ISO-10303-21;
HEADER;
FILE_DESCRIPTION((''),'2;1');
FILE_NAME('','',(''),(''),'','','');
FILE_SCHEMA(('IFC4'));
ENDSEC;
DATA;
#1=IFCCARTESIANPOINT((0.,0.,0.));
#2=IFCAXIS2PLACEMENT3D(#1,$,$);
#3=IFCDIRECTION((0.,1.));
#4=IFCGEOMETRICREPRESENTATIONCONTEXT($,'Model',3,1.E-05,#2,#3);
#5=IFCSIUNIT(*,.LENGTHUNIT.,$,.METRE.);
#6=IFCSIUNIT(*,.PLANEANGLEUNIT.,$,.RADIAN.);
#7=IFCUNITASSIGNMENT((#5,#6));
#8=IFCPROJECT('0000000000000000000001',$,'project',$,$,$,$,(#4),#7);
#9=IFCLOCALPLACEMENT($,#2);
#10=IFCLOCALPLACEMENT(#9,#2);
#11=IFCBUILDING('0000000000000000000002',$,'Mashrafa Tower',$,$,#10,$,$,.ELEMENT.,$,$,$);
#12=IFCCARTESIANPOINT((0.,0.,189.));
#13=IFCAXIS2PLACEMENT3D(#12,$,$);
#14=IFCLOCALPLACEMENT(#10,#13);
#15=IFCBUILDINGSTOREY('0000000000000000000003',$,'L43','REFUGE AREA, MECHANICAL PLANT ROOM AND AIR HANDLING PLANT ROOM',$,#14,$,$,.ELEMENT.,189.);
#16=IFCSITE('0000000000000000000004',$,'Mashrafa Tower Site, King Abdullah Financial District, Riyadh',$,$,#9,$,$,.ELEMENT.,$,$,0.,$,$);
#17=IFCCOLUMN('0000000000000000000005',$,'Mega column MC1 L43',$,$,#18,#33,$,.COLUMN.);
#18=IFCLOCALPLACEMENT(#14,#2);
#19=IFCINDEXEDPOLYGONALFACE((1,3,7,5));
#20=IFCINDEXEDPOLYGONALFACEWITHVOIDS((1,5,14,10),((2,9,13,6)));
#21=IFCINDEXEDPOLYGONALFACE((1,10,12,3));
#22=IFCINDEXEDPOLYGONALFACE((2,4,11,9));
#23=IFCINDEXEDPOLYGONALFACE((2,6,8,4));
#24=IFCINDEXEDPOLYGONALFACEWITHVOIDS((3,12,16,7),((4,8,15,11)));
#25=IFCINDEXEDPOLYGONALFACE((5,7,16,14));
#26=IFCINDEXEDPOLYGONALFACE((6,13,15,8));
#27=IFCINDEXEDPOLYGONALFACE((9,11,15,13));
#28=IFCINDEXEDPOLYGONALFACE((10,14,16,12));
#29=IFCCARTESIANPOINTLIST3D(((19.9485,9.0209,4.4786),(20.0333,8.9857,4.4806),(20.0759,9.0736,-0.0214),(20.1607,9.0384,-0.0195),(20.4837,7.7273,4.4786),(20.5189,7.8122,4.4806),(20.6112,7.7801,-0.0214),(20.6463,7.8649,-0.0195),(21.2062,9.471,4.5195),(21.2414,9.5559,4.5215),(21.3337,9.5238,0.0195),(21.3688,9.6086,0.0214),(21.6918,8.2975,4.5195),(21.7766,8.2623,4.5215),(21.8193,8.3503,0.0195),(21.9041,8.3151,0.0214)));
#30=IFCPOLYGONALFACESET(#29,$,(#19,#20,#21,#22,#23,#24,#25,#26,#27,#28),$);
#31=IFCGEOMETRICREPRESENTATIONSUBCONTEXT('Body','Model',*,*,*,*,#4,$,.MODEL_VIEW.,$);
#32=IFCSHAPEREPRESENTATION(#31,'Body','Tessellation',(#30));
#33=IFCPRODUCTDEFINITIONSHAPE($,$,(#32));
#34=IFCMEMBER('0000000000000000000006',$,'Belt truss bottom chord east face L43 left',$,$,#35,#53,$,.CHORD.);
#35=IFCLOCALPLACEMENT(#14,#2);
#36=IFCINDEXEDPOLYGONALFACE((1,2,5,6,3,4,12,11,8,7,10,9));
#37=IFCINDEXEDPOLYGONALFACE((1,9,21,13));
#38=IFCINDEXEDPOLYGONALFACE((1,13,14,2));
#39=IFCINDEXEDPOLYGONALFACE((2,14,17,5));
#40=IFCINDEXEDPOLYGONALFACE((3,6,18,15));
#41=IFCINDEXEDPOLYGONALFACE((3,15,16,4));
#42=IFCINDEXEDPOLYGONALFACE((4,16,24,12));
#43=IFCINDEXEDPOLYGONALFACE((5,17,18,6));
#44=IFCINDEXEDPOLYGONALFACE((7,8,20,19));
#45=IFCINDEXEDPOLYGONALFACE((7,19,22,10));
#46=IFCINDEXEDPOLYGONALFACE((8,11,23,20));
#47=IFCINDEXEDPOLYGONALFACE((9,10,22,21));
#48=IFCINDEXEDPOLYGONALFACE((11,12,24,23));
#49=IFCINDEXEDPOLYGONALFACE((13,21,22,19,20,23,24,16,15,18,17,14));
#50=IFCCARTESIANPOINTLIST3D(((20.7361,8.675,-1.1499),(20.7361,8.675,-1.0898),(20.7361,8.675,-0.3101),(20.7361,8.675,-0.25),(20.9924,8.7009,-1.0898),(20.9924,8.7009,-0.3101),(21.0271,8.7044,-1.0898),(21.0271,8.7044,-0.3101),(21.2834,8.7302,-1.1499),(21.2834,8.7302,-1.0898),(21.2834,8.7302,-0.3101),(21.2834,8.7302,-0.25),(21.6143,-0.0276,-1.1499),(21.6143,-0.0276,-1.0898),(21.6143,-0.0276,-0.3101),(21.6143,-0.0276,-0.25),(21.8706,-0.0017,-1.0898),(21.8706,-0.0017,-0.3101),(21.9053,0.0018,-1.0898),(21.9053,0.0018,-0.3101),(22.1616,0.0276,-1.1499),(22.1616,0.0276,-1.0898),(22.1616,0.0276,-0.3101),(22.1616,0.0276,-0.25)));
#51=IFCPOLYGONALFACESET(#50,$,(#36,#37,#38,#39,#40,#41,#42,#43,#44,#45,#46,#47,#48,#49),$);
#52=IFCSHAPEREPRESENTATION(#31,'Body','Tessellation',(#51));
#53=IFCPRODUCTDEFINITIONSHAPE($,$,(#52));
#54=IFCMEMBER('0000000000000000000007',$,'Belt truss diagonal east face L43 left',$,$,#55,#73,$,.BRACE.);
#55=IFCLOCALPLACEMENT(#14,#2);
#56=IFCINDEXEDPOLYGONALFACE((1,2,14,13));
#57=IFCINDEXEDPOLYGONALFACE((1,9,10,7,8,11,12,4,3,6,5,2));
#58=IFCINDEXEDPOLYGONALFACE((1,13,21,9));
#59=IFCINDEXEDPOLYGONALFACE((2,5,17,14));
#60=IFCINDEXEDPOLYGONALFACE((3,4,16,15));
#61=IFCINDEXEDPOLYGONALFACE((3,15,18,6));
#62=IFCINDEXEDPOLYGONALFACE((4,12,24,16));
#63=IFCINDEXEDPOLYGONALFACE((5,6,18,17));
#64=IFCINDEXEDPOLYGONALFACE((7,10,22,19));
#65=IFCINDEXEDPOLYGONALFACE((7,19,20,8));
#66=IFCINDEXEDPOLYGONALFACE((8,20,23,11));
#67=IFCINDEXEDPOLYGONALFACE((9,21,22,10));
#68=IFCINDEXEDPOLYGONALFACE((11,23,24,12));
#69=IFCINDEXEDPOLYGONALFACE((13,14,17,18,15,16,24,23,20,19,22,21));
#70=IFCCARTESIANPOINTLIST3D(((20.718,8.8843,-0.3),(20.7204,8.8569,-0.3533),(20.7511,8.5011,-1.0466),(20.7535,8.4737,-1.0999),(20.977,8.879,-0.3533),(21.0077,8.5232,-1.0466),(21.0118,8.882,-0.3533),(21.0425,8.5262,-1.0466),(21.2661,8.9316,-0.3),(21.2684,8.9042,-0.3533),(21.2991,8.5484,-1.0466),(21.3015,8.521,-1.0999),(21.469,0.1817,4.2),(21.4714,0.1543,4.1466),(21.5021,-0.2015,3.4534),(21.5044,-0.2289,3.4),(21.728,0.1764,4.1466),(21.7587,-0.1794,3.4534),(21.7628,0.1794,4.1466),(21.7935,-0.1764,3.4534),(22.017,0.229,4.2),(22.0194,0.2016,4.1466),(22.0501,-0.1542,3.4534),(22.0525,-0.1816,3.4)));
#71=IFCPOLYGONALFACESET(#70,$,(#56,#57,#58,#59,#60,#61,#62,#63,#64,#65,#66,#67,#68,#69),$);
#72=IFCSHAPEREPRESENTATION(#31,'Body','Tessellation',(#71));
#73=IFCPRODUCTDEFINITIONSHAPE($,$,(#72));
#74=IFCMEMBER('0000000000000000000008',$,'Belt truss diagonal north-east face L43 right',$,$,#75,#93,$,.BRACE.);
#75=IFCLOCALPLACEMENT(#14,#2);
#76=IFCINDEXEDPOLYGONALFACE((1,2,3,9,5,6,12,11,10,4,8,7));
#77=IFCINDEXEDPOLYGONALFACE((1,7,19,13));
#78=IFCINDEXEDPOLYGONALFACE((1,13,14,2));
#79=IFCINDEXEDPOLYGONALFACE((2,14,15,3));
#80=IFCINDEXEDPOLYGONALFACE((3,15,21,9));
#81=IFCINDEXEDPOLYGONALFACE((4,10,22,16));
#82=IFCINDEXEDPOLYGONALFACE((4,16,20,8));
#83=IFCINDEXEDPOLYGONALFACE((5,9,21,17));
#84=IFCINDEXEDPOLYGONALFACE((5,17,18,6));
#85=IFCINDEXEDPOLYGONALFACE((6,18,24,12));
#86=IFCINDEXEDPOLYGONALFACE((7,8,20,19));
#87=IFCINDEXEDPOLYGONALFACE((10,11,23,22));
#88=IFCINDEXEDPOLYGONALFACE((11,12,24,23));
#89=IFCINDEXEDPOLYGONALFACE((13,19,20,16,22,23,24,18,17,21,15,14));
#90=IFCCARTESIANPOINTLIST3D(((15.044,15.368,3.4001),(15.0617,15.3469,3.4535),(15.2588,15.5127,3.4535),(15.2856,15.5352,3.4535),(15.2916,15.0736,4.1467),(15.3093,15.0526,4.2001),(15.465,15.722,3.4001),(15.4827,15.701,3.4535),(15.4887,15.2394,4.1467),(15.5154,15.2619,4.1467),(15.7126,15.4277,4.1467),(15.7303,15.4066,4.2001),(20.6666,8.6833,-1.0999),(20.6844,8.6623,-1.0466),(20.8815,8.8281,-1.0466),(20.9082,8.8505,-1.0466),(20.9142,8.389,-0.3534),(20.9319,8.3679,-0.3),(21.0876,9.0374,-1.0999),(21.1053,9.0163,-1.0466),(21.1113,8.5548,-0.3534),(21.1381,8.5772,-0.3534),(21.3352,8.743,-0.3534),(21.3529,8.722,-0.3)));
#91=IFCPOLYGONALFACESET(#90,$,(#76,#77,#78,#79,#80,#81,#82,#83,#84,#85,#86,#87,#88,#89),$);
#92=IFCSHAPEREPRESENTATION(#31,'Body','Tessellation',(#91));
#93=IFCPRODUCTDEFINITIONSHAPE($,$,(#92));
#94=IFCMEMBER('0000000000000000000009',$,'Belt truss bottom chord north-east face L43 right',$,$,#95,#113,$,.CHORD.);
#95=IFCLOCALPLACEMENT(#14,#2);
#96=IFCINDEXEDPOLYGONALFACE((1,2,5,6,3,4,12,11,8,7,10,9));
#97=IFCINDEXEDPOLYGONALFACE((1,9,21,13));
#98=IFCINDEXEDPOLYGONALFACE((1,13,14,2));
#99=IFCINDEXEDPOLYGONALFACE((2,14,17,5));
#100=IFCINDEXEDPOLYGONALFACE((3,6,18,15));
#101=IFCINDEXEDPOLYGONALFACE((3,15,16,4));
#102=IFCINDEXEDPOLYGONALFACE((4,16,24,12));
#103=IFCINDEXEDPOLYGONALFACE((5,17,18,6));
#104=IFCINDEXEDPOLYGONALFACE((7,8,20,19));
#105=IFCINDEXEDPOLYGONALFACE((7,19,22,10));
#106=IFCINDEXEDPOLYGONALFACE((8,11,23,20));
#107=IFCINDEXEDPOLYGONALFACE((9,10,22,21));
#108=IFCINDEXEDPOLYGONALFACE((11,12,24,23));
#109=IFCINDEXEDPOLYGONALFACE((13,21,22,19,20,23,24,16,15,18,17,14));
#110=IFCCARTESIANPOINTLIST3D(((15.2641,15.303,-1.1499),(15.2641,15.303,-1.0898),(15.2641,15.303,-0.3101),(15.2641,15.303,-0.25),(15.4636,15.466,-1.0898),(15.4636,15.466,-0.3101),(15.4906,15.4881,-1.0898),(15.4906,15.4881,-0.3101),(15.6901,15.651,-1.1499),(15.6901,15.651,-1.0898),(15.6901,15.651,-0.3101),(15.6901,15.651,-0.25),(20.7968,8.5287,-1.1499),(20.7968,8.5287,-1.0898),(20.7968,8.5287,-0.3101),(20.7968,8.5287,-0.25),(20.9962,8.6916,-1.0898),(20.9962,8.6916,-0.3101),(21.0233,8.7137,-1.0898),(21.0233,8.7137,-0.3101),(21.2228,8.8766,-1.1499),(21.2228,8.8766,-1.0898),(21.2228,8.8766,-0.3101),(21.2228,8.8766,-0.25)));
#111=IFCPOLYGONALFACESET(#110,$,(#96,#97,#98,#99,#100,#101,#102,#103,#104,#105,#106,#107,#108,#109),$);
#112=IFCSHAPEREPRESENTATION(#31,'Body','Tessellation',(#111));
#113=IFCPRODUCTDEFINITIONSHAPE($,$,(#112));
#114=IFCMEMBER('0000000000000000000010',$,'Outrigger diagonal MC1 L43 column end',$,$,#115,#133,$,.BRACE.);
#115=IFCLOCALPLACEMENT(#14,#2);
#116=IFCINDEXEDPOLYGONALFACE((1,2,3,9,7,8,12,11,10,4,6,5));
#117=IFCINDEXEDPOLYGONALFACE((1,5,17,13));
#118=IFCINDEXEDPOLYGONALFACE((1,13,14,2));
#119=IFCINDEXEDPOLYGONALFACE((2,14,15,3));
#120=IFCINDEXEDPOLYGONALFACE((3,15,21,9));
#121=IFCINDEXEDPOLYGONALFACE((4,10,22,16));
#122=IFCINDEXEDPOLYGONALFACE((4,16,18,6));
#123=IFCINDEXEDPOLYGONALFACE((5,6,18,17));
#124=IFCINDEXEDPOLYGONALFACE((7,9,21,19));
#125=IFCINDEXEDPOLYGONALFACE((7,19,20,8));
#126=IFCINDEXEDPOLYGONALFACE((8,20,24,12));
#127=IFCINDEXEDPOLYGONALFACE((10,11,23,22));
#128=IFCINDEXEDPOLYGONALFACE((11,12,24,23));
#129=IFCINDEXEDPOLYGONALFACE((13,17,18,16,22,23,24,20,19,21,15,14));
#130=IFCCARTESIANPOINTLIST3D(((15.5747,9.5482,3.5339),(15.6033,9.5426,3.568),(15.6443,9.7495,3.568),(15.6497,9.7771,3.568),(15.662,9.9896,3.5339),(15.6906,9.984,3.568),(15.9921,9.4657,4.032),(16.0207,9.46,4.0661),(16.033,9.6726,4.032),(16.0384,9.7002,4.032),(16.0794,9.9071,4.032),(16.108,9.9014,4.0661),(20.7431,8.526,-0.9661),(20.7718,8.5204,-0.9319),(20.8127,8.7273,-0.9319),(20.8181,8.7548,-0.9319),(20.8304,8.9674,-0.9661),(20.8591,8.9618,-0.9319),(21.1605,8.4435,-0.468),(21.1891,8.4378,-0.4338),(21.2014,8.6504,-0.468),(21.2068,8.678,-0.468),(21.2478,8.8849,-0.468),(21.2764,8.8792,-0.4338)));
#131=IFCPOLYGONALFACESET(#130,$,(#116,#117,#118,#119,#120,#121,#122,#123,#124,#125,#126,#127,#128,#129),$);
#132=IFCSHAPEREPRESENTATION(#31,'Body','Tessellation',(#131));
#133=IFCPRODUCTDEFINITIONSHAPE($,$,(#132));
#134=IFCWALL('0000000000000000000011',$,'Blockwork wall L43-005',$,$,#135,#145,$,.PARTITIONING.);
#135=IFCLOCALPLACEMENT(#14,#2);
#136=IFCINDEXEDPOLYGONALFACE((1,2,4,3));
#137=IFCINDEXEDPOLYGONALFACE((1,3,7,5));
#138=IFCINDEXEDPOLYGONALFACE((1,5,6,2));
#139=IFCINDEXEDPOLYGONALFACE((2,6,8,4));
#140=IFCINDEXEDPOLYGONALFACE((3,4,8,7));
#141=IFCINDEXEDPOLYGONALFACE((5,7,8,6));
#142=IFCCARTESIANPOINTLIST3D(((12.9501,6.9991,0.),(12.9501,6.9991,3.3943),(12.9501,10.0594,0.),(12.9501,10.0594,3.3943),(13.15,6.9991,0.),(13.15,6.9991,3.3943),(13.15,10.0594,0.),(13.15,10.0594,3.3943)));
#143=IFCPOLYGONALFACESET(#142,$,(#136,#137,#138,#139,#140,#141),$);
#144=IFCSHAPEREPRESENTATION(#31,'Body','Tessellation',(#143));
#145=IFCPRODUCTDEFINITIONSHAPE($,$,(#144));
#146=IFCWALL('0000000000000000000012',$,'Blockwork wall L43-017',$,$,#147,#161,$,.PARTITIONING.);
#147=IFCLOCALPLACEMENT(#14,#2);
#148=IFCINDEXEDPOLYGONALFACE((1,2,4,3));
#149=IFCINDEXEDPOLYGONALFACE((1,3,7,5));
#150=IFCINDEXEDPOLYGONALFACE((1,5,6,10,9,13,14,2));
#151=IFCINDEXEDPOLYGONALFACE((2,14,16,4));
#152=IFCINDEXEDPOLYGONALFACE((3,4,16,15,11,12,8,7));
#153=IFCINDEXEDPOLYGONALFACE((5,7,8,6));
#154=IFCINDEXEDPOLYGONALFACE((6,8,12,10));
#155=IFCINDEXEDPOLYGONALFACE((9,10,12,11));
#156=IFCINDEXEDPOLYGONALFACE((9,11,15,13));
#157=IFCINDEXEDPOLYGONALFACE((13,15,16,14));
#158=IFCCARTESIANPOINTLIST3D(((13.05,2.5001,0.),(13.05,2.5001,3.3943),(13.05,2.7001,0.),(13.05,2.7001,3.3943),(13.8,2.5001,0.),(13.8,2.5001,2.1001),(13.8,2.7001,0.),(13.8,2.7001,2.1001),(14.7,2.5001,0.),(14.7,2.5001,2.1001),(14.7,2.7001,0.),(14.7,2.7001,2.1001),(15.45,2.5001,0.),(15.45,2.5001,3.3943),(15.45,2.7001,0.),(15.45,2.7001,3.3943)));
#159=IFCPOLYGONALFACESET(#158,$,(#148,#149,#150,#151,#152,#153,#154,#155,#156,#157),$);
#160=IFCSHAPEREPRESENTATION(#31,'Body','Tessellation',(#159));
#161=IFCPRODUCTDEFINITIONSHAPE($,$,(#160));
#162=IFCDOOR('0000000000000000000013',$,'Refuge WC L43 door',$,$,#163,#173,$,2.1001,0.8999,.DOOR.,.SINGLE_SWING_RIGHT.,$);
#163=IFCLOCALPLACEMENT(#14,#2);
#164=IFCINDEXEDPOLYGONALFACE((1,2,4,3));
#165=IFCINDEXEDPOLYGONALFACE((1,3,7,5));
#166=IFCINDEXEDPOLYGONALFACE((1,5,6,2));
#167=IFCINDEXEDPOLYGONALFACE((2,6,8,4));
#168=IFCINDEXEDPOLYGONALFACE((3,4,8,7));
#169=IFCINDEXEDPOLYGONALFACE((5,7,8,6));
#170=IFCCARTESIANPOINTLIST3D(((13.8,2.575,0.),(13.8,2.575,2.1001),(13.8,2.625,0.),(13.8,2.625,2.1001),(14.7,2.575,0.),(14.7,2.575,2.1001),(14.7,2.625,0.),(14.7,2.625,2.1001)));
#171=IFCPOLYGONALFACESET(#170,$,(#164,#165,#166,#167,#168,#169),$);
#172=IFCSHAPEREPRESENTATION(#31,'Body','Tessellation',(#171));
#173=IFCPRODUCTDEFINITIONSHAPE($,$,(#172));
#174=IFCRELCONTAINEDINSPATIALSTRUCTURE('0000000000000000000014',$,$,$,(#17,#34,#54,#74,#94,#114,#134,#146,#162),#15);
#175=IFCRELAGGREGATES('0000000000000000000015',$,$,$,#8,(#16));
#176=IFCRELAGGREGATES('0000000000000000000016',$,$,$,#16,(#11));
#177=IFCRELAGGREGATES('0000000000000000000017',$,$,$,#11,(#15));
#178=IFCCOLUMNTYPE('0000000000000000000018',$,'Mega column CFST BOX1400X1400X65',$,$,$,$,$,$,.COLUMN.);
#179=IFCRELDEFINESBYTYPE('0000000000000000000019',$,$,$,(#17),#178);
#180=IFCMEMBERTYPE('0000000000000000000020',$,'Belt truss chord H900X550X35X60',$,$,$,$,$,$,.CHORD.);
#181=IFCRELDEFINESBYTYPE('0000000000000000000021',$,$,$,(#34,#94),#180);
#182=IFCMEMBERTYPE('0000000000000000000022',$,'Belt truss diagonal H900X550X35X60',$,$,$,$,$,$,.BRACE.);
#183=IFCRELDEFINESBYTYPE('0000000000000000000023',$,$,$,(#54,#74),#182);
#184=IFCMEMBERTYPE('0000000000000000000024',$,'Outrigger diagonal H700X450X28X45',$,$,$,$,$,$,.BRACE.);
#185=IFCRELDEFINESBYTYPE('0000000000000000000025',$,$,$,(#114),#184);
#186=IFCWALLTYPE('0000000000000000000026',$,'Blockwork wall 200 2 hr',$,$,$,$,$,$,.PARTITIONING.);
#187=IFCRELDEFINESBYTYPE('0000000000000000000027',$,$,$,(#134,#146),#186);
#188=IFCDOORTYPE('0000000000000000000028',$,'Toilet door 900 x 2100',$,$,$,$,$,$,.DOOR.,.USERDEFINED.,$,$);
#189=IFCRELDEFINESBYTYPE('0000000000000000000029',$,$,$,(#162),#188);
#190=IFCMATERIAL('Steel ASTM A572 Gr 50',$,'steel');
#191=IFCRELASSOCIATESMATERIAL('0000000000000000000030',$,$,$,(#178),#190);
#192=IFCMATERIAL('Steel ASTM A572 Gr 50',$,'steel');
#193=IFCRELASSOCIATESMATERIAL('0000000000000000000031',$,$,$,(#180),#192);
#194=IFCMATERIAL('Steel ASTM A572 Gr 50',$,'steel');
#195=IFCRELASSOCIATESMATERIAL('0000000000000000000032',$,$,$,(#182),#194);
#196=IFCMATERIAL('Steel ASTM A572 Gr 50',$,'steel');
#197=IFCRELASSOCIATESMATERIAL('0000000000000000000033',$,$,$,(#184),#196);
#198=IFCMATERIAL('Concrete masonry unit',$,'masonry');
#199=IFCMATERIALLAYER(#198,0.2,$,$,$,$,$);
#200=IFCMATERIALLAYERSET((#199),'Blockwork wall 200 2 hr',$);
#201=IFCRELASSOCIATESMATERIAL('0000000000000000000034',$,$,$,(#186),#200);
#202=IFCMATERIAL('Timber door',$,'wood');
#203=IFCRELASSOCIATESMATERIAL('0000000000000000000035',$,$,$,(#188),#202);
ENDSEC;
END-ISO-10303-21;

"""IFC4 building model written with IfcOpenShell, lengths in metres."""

from ifc_helpers import new_model, si_unit, direction, frame, frame_2d, origin, origin_2d, place, context, subcontext, project, spatial, rectangle, hollow_rectangle, i_section, extrude, source, transform, mapped, material, layer, layer_set, material_profile, profile_set, type_object, type_shapes, element, fill, save


model = new_model("IFC4")

# Units and contexts
model_context = context("Model", 3, precision=1e-05, world=origin(), true_north=direction((0.0, 1.0)))
body_context = subcontext(model_context, "Body", "Model", "MODEL_VIEW")
ifc_project = project(units=[si_unit("LENGTHUNIT", "METRE"), si_unit("PLANEANGLEUNIT", "RADIAN")], contexts=[model_context])

# Site, building, storey
site_placement = place(None, origin())
site = spatial("IfcSite", under=ifc_project, at=site_placement, Name="Mashrafa Tower Site, King Abdullah Financial District, Riyadh", CompositionType="ELEMENT", RefElevation=0.0)
building_placement = place(site_placement, origin())
building = spatial("IfcBuilding", under=site, at=building_placement, Name="Mashrafa Tower", CompositionType="ELEMENT")
storey_placement = place(building_placement, frame((0.0, 0.0, 189.0)))
storey = spatial("IfcBuildingStorey", under=building, at=storey_placement, Name="L43", Description="REFUGE AREA, MECHANICAL PLANT ROOM AND AIR HANDLING PLANT ROOM", CompositionType="ELEMENT", Elevation=189.0)

# Column
ifc_material_1 = material(Name="Steel ASTM A572 Gr 50", Category="steel")
ifc_material_profile_1 = material_profile(ifc_material_1, hollow_rectangle(XDim=1.3999, YDim=1.3999, WallThickness=0.0649, at=origin_2d()), Name="BOX1400X1400X65")
ifc_profile_set_1 = profile_set([ifc_material_profile_1], Name="Steel ASTM A572 Gr 50")
column_type = type_object("IfcColumnType", Name="Mega column CFST BOX1400X1400X65", PredefinedType="COLUMN", material=ifc_profile_set_1)
column_placement = place(storey_placement, frame((20.99, 8.6943, 0.0), z_axis=(-0.028307, -0.011713, 0.999531), x_axis=(0.382352, -0.924017, 0.0)))
element("IfcColumn", 1, at=column_placement, inside=storey, type_object=column_type, Name="Mega column MC1 L43", PredefinedType="COLUMN", context=body_context, shape_type="SweptSolid", body=[
    extrude(hollow_rectangle(XDim=1.3999, YDim=1.3999, WallThickness=0.0649, at=origin_2d()), origin(), (0.0, 0.0, 1.0), 4.5022),
])

# Members
ifc_material_2 = material(Name="Steel ASTM A572 Gr 50", Category="steel")
ifc_material_profile_2 = material_profile(ifc_material_2, i_section(OverallWidth=0.55, OverallDepth=0.8999, WebThickness=0.0349, FlangeThickness=0.0601, at=origin_2d()), Name="H900X550X35X60")
ifc_profile_set_2 = profile_set([ifc_material_profile_2], Name="Steel ASTM A572 Gr 50")
member_type_1 = type_object("IfcMemberType", Name="Belt truss chord H900X550X35X60", PredefinedType="CHORD", material=ifc_profile_set_2)
shared_shape_1 = source(origin(), body_context, "Body", "SweptSolid", [
    extrude(i_section(OverallWidth=0.55, OverallDepth=0.8999, WebThickness=0.0349, FlangeThickness=0.0601, at=origin_2d()), origin(), (0.0, 0.0, 1.0), 8.7468),
])
member_1_placement = place(storey_placement, frame((21.0098, 8.7026, -0.7), z_axis=(0.100399, -0.994947, 0.0), x_axis=(0.994947, 0.100399, 0.0)))
element("IfcMember", 2, at=member_1_placement, inside=storey, type_object=member_type_1, Name="Belt truss bottom chord east face L43 left", PredefinedType="CHORD", context=body_context, shape_type="MappedRepresentation", body=[
    mapped(shared_shape_1, transform((0.0, 0.0, 0.0))),
])
ifc_material_3 = material(Name="Steel ASTM A572 Gr 50", Category="steel")
ifc_material_profile_3 = material_profile(ifc_material_3, i_section(OverallWidth=0.55, OverallDepth=0.8999, WebThickness=0.0349, FlangeThickness=0.0601, at=origin_2d()), Name="H900X550X35X60")
ifc_profile_set_3 = profile_set([ifc_material_profile_3], Name="Steel ASTM A572 Gr 50")
member_type_2 = type_object("IfcMemberType", Name="Belt truss diagonal H900X550X35X60", PredefinedType="BRACE", material=ifc_profile_set_3)
shared_shape_2 = source(origin(), body_context, "Body", "SweptSolid", [
    extrude(i_section(OverallWidth=0.55, OverallDepth=0.8999, WebThickness=0.0349, FlangeThickness=0.0601, at=origin_2d()), origin(), (0.0, 0.0, 1.0), 9.8259),
])
type_shapes(member_type_2, [shared_shape_2])
for number, where, z_axis, x_axis, name in (
    (3, (21.0098, 8.7026, -0.7), (0.076428, -0.885676, 0.45797), (0.996297, 0.085973, 0.0), "Belt truss diagonal east face L43 left"),
    (4, (21.0098, 8.7026, -0.7), (-0.572223, 0.680307, 0.457977), (-0.765281, -0.643697, 0.0), "Belt truss diagonal north-east face L43 right"),
):
    element("IfcMember", number, at=place(storey_placement, frame(where, z_axis=z_axis, x_axis=x_axis)), inside=storey, type_object=member_type_2, Name=name, PredefinedType="BRACE", context=body_context, shape_type="MappedRepresentation", body=[
        mapped(shared_shape_2, transform((0.0, 0.0, 0.0))),
    ])
shared_shape_3 = source(origin(), body_context, "Body", "SweptSolid", [
    extrude(i_section(OverallWidth=0.55, OverallDepth=0.8999, WebThickness=0.0349, FlangeThickness=0.0601, at=origin_2d()), origin(), (0.0, 0.0, 1.0), 8.7466),
])
type_shapes(member_type_1, [shared_shape_1, shared_shape_3])
member_2_placement = place(storey_placement, frame((21.0098, 8.7026, -0.7), z_axis=(-0.632554, 0.774517, 0.0), x_axis=(-0.774517, -0.632554, 0.0)))
element("IfcMember", 5, at=member_2_placement, inside=storey, type_object=member_type_1, Name="Belt truss bottom chord north-east face L43 right", PredefinedType="CHORD", context=body_context, shape_type="MappedRepresentation", body=[
    mapped(shared_shape_3, transform((0.0, 0.0, 0.0))),
])
ifc_material_4 = material(Name="Steel ASTM A572 Gr 50", Category="steel")
ifc_material_profile_4 = material_profile(ifc_material_4, i_section(OverallWidth=0.45, OverallDepth=0.7, WebThickness=0.0281, FlangeThickness=0.0449, at=origin_2d()), Name="H700X450X28X45")
ifc_profile_set_4 = profile_set([ifc_material_profile_4], Name="Steel ASTM A572 Gr 50")
member_type_3 = type_object("IfcMemberType", Name="Outrigger diagonal H700X450X28X45", PredefinedType="BRACE", material=ifc_profile_set_4)
shared_shape_4 = source(origin(), body_context, "Body", "SweptSolid", [
    extrude(i_section(OverallWidth=0.45, OverallDepth=0.7, WebThickness=0.0281, FlangeThickness=0.0449, at=origin_2d()), origin(), (0.0, 0.0, 1.0), 6.9287),
])
type_shapes(member_type_3, [shared_shape_4])
member_3_placement = place(storey_placement, frame((21.0098, 8.7026, -0.7), z_axis=(-0.745941, 0.147532, 0.649466), x_axis=(-0.194022, -0.980997, 0.0)))
element("IfcMember", 6, at=member_3_placement, inside=storey, type_object=member_type_3, Name="Outrigger diagonal MC1 L43 column end", PredefinedType="BRACE", context=body_context, shape_type="MappedRepresentation", body=[
    mapped(shared_shape_4, transform((0.0, 0.0, 0.0))),
])

# Wall
ifc_material_5 = material(Name="Concrete masonry unit", Category="masonry")
ifc_layer_1 = layer(ifc_material_5, 0.2)
ifc_layer_set_1 = layer_set([ifc_layer_1], Name="Blockwork wall 200 2 hr")
wall_type_1 = type_object("IfcWallType", Name="Blockwork wall 200 2 hr", PredefinedType="PARTITIONING", material=ifc_layer_set_1)
wall_1_placement = place(storey_placement, frame((13.05, 6.999, 0.0), z_axis=(0.0, 0.0, 1.0), x_axis=(0.0, 1.0, 0.0)))
element("IfcWall", 7, at=wall_1_placement, inside=storey, type_object=wall_type_1, Name="Blockwork wall L43-005", PredefinedType="PARTITIONING", context=body_context, shape_type="SweptSolid", body=[
    extrude(rectangle(XDim=3.0603, YDim=0.2, at=frame_2d((1.5303, 0.0))), origin(), (0.0, 0.0, 1.0), 3.3943),
])

# Wall, opening, door
wall_2_placement = place(storey_placement, frame((13.05, 2.6001, 0.0), z_axis=(0.0, 0.0, 1.0), x_axis=(1.0, 0.0, 0.0)))
wall_2 = element("IfcWall", 8, at=wall_2_placement, inside=storey, type_object=wall_type_1, Name="Blockwork wall L43-017", PredefinedType="PARTITIONING", context=body_context, shape_type="SweptSolid", body=[
    extrude(rectangle(XDim=2.3999, YDim=0.2, at=frame_2d((1.2, 0.0))), origin(), (0.0, 0.0, 1.0), 3.3943),
])
opening_1_placement = place(wall_2_placement, frame((0.75, 0.0, 0.0)))
opening_1 = element("IfcOpeningElement", 9, at=opening_1_placement, cuts=wall_2, PredefinedType="OPENING", context=body_context, shape_type="SweptSolid", body=[
    extrude(rectangle(XDim=0.8999, YDim=2.1001, at=frame_2d((0.45, 1.05))), frame((0.0, 0.1099, 0.0), z_axis=(0.0, -1.0, 0.0), x_axis=(1.0, 0.0, 0.0)), (0.0, 0.0, 1.0), 0.22),
])
ifc_material_6 = material(Name="Timber door", Category="wood")
door_type_1 = type_object("IfcDoorType", Name="Toilet door 900 x 2100", OperationType="USERDEFINED", PredefinedType="DOOR", material=ifc_material_6)
door_1_placement = place(opening_1_placement, origin())
door_1 = element("IfcDoor", 10, at=door_1_placement, inside=storey, type_object=door_type_1, Name="Refuge WC L43 door", OperationType="SINGLE_SWING_RIGHT", OverallHeight=2.1001, OverallWidth=0.8999, PredefinedType="DOOR", context=body_context, shape_type="SweptSolid", body=[
    extrude(rectangle(XDim=0.8999, YDim=2.1001, at=frame_2d((0.45, 1.05))), frame((0.0, 0.0249, 0.0), z_axis=(0.0, -1.0, 0.0), x_axis=(1.0, 0.0, 0.0)), (0.0, 0.0, 1.0), 0.05),
])
fill(opening_1, door_1)

save(model, "model.ifc")
